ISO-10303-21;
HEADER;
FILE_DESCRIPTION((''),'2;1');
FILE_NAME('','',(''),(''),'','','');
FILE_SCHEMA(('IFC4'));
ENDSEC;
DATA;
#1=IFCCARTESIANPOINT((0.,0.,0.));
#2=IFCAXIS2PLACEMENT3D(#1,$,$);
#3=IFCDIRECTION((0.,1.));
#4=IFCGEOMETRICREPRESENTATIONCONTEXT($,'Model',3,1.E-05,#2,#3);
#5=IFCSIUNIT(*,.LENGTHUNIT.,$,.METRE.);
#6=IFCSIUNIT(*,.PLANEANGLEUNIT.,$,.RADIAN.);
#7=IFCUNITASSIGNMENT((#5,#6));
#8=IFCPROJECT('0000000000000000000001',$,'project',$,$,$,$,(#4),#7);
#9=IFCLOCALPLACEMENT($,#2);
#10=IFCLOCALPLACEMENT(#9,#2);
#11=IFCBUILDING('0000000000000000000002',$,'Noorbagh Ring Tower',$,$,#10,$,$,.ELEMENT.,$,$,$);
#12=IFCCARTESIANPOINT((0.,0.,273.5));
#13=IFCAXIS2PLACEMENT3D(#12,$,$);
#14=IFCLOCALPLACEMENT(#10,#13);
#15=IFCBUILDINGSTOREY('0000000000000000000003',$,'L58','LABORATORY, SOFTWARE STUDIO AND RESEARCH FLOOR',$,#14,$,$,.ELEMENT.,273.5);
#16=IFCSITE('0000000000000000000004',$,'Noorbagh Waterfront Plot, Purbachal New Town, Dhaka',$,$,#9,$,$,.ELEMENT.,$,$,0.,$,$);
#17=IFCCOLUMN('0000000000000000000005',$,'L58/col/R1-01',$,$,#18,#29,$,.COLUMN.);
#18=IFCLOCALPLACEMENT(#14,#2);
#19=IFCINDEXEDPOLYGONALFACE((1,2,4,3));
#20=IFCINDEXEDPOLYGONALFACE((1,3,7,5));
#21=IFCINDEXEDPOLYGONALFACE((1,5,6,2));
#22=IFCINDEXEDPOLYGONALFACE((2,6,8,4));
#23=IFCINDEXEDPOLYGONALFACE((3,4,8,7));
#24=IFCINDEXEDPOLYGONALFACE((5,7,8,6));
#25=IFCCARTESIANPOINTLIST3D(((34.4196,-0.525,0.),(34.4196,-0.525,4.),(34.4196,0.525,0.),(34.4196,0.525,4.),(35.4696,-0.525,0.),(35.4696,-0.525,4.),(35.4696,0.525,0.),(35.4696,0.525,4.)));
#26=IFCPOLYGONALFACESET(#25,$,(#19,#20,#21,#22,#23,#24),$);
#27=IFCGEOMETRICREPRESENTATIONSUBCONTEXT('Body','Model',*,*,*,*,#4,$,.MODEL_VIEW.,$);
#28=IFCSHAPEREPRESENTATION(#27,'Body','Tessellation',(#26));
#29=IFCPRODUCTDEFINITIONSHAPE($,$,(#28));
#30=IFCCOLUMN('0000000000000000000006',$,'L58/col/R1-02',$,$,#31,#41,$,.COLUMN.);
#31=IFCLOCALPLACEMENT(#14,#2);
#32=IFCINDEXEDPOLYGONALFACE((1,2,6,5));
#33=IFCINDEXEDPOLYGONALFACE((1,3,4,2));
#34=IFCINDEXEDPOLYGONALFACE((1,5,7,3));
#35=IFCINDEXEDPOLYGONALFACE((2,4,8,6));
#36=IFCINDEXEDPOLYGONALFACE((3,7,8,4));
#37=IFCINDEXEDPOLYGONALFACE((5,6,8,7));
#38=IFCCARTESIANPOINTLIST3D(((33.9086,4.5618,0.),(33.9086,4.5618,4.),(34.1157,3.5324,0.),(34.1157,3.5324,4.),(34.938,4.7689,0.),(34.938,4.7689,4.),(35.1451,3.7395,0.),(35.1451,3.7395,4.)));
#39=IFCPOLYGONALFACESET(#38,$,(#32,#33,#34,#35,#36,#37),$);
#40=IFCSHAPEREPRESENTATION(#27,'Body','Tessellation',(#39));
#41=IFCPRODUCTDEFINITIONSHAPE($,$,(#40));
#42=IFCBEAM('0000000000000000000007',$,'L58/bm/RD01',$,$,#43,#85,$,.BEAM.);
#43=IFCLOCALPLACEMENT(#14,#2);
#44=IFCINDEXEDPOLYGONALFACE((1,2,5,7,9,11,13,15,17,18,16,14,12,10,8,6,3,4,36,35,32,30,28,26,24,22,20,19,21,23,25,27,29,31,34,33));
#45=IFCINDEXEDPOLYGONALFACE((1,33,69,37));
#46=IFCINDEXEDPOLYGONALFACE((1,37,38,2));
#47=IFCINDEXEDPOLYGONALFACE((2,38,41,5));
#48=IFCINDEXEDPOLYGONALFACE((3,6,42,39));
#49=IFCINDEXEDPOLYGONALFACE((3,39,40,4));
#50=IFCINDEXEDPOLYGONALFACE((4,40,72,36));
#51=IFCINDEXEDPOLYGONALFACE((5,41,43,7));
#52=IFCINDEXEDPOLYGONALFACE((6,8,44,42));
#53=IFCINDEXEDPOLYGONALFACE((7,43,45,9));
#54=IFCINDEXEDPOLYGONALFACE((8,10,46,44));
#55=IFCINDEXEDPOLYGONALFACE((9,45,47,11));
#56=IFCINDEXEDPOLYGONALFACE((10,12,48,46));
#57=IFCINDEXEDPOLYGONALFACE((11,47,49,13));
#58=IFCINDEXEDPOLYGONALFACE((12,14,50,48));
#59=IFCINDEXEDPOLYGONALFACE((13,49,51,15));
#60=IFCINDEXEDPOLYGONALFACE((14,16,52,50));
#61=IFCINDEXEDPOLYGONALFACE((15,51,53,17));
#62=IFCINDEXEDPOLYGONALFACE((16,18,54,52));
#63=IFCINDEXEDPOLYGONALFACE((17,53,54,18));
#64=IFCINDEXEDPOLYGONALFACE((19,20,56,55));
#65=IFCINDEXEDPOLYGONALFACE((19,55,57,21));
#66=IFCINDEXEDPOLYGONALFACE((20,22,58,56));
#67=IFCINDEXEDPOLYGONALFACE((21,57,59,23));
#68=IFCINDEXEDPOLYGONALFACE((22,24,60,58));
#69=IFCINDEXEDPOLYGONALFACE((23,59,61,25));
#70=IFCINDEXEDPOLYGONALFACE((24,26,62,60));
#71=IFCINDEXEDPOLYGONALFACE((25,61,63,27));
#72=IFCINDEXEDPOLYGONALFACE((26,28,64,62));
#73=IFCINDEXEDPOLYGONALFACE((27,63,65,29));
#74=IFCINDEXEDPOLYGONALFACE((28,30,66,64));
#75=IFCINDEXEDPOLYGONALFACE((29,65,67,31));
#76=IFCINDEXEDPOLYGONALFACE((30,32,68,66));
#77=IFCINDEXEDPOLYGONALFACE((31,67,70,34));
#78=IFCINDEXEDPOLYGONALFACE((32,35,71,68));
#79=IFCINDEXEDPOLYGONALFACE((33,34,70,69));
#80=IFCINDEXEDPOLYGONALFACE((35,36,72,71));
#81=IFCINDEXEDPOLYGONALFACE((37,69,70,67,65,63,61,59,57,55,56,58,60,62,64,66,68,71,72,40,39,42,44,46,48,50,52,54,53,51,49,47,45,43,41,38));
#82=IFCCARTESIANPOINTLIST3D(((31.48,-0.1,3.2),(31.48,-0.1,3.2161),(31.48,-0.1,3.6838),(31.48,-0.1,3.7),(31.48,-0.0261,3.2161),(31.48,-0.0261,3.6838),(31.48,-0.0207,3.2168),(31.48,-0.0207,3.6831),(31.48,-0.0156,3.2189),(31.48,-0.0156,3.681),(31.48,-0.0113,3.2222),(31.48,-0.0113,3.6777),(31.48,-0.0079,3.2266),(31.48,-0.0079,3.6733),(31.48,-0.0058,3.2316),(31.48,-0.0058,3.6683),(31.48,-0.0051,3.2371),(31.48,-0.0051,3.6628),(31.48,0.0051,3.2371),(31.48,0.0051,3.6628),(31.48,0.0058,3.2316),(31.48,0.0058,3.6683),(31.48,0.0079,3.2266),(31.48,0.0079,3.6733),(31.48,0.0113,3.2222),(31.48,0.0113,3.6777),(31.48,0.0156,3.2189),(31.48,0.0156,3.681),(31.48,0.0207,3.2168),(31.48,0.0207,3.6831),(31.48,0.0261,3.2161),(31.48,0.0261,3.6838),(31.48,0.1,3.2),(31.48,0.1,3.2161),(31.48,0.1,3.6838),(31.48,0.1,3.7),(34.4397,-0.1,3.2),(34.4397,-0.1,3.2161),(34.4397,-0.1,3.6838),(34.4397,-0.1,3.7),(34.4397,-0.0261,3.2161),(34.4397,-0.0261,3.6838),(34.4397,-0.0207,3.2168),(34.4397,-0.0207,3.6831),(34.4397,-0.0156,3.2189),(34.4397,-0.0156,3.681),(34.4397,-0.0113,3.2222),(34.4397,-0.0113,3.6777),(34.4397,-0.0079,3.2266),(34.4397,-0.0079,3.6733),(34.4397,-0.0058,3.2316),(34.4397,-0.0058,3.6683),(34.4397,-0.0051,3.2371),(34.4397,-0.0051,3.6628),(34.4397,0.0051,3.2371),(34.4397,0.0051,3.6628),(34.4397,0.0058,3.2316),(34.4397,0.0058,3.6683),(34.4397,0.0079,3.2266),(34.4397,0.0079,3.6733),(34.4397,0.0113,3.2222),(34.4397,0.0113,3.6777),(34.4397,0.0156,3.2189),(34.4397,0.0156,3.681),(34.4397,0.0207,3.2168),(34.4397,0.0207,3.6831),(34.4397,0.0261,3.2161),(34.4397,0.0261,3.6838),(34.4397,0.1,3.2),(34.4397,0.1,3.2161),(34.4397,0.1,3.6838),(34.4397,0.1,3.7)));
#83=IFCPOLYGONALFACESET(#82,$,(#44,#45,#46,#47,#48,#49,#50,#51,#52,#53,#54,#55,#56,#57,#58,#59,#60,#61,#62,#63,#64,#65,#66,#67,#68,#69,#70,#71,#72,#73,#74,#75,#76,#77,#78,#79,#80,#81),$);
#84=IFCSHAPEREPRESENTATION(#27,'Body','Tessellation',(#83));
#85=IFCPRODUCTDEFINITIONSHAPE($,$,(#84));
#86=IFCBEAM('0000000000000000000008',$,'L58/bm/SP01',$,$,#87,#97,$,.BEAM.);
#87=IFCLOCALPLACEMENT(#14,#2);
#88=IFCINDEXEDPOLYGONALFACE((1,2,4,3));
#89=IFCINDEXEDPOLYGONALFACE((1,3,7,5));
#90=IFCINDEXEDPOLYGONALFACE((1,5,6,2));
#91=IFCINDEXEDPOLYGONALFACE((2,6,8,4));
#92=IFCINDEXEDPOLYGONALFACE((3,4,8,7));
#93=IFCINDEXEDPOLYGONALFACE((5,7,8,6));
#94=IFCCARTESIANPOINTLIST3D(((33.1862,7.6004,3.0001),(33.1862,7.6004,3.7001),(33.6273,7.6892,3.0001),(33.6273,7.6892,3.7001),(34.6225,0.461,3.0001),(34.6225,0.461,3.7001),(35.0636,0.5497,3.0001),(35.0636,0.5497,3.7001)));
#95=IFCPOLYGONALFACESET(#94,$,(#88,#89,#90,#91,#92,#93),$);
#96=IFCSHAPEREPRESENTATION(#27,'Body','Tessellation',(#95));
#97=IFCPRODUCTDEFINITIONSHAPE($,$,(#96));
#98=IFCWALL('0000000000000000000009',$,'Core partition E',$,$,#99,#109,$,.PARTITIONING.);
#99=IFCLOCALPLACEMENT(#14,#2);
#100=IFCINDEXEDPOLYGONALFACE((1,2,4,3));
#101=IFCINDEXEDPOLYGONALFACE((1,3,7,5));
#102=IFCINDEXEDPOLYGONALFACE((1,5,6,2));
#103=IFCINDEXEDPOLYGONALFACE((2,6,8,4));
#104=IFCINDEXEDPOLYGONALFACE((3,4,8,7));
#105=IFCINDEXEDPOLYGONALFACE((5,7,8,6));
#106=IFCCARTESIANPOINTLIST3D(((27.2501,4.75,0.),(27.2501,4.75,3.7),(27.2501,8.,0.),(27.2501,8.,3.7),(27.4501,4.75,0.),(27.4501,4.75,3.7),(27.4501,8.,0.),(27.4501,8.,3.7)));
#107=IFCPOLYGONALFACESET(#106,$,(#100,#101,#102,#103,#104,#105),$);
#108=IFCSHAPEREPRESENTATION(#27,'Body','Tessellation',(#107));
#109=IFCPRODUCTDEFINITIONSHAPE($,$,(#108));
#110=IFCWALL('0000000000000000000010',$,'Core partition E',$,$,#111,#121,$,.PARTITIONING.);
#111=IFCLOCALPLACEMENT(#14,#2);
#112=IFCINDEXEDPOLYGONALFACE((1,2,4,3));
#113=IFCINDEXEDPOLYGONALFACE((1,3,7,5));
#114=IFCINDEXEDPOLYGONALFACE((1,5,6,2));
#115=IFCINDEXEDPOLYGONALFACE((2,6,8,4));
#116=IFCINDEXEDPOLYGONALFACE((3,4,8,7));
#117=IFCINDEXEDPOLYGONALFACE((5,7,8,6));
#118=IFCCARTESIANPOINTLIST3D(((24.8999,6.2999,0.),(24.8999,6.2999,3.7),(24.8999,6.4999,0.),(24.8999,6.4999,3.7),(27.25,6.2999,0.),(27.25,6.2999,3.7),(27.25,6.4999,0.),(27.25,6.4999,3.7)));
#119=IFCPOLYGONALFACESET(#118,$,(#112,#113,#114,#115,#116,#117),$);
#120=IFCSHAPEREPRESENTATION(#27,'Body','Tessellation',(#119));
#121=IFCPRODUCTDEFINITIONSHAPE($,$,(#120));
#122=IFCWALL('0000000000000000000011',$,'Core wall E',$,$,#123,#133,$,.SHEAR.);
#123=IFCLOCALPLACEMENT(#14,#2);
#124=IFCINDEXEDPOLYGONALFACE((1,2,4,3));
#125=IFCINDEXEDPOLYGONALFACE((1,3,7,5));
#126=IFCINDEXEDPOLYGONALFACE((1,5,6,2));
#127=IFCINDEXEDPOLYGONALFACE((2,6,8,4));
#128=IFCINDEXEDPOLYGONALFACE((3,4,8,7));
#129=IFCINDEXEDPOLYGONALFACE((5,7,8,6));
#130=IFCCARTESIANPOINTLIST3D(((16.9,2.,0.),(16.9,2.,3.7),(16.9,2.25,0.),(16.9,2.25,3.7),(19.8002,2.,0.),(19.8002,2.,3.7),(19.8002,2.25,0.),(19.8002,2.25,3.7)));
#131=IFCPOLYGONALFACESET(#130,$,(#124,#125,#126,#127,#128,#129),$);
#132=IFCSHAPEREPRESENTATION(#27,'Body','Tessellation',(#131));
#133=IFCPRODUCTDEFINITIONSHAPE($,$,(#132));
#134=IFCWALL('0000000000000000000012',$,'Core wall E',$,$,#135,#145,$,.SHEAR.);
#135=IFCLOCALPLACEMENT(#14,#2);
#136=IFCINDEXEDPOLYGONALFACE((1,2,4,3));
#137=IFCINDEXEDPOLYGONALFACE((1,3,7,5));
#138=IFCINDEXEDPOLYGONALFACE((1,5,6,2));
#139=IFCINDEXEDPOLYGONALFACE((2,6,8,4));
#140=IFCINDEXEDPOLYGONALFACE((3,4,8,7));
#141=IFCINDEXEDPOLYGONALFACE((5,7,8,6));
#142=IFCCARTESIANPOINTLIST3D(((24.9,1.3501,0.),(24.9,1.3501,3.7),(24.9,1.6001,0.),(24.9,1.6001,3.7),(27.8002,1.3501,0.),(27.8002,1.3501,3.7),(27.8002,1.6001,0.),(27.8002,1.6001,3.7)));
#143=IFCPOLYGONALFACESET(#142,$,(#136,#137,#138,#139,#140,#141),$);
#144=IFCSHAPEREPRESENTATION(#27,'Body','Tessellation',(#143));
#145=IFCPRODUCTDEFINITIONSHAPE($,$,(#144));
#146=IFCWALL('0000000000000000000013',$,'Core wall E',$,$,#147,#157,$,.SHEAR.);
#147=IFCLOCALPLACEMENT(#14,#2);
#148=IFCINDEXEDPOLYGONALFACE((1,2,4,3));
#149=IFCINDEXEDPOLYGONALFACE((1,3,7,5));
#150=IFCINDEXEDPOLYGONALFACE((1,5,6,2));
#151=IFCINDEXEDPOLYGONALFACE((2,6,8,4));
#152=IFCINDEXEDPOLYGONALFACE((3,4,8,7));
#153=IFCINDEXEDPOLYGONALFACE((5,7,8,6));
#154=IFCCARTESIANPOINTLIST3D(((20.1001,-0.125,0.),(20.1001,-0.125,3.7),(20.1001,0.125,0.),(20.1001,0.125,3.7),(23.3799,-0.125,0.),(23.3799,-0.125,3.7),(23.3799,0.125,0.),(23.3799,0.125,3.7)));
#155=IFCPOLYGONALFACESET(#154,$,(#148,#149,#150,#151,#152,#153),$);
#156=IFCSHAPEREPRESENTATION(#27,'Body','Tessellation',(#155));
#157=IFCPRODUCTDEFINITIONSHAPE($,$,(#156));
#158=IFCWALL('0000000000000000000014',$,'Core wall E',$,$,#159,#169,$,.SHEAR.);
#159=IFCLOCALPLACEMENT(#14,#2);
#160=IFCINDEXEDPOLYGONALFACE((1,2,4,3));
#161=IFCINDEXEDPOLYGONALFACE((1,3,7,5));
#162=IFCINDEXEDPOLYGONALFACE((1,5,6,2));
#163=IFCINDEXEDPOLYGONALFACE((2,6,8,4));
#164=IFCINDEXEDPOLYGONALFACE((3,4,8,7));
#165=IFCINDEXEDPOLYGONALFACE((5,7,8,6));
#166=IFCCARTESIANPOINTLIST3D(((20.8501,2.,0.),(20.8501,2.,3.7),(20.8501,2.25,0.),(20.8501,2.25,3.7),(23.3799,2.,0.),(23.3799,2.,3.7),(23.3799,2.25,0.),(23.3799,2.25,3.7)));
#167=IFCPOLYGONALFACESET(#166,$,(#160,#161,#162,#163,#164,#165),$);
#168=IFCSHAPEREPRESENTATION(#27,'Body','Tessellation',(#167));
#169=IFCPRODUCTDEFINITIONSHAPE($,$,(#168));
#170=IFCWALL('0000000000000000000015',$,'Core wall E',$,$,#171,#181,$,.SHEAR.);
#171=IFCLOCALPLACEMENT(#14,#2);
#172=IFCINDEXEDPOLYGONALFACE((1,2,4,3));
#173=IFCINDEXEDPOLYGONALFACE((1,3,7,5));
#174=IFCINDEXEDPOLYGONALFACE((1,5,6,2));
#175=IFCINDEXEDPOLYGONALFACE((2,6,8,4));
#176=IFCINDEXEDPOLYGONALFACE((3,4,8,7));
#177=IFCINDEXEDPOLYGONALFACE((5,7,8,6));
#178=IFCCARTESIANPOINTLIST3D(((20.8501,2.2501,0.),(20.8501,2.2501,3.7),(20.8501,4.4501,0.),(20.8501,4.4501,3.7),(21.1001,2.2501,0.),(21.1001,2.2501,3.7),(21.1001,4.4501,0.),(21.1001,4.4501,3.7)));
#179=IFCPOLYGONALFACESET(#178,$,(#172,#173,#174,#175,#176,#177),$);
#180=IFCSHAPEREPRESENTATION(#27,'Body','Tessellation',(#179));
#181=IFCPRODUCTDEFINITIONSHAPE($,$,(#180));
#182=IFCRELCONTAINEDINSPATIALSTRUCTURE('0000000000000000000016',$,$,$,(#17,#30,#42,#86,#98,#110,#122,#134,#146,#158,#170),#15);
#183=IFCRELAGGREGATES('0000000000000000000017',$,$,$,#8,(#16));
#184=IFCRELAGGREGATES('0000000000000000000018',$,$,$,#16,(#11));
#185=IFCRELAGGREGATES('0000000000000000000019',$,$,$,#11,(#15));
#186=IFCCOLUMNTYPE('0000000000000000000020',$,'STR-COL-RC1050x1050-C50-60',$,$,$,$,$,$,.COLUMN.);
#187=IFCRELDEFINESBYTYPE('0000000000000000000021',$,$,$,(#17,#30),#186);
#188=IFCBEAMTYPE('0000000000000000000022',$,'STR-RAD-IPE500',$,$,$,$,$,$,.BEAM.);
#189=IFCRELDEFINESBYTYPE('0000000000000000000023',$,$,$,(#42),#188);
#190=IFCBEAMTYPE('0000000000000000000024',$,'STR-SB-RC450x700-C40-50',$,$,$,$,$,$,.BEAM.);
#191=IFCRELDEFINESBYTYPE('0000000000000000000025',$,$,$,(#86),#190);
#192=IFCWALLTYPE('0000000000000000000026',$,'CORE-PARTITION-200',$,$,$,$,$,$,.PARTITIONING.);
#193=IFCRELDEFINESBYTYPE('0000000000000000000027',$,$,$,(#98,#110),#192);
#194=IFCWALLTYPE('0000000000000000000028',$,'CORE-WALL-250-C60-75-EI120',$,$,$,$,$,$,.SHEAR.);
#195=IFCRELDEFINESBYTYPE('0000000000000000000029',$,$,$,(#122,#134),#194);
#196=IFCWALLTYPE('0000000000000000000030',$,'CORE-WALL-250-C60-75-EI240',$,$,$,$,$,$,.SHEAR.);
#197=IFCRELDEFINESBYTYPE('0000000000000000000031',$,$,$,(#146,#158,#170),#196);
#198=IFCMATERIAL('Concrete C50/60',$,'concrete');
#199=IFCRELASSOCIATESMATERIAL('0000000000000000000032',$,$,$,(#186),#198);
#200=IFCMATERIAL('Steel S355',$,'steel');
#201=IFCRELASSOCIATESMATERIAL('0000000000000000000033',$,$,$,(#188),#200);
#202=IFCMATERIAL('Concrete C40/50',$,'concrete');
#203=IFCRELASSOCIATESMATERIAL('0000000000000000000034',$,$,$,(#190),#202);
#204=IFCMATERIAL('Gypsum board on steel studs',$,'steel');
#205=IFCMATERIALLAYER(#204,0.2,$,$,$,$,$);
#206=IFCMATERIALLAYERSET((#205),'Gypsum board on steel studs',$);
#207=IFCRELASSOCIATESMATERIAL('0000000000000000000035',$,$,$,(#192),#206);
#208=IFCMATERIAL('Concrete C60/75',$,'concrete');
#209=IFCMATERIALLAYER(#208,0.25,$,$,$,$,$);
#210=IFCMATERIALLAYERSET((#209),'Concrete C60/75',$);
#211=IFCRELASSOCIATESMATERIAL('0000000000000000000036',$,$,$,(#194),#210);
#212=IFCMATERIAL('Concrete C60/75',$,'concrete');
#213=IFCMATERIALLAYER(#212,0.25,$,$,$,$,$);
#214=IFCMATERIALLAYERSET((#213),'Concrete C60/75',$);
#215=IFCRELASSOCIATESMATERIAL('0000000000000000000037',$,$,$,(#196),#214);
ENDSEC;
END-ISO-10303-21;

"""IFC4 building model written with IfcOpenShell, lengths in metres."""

from ifc_helpers import new_model, si_unit, direction, frame, frame_2d, origin, origin_2d, place, context, subcontext, project, spatial, rectangle, i_section, extrude, material, layer, layer_set, material_profile, profile_set, type_object, element, save


model = new_model("IFC4")

# Units and contexts
model_context = context("Model", 3, precision=1e-05, world=origin(), true_north=direction((0.0, 1.0)))
body_context = subcontext(model_context, "Body", "Model", "MODEL_VIEW")
ifc_project = project(units=[si_unit("LENGTHUNIT", "METRE"), si_unit("PLANEANGLEUNIT", "RADIAN")], contexts=[model_context])

# Site, building, storey
site_placement = place(None, origin())
site = spatial("IfcSite", under=ifc_project, at=site_placement, Name="Noorbagh Waterfront Plot, Purbachal New Town, Dhaka", CompositionType="ELEMENT", RefElevation=0.0)
building_placement = place(site_placement, origin())
building = spatial("IfcBuilding", under=site, at=building_placement, Name="Noorbagh Ring Tower", CompositionType="ELEMENT")
storey_placement = place(building_placement, frame((0.0, 0.0, 273.5)))
storey = spatial("IfcBuildingStorey", under=building, at=storey_placement, Name="L58", Description="LABORATORY, SOFTWARE STUDIO AND RESEARCH FLOOR", CompositionType="ELEMENT", Elevation=273.5)

# Columns
ifc_material_1 = material(Name="Concrete C50/60", Category="concrete")
ifc_material_profile_1 = material_profile(ifc_material_1, rectangle(XDim=1.05, YDim=1.05, at=origin_2d()), Name="RC1050x1050")
ifc_profile_set_1 = profile_set([ifc_material_profile_1], Name="Concrete C50/60")
column_type = type_object("IfcColumnType", Name="STR-COL-RC1050x1050-C50-60", PredefinedType="COLUMN", material=ifc_profile_set_1)
for number, where, z_axis, x_axis, name in (
    (1, (34.9446, 0.0, 0.0), (0.0, 0.0, 1.0), (0.0, 1.0, 0.0), "L58/col/R1-01"),
    (2, (34.5269, 4.1506, 0.0), (0.0, 0.0, 1.0), (-0.19723, 0.980357, 0.0), "L58/col/R1-02"),
):
    element("IfcColumn", number, at=place(storey_placement, frame(where, z_axis=z_axis, x_axis=x_axis)), inside=storey, type_object=column_type, Name=name, PredefinedType="COLUMN", context=body_context, shape_type="SweptSolid", body=[
        extrude(rectangle(XDim=1.05, YDim=1.05, at=origin_2d()), origin(), (0.0, 0.0, 1.0), 4.0),
    ])

# Beams
ifc_material_2 = material(Name="Steel S355", Category="steel")
ifc_material_profile_2 = material_profile(ifc_material_2, i_section(OverallWidth=0.2, OverallDepth=0.5, WebThickness=0.0103, FlangeThickness=0.0161, FilletRadius=0.021, at=origin_2d()), Name="IPE500")
ifc_profile_set_2 = profile_set([ifc_material_profile_2], Name="Steel S355")
beam_type_1 = type_object("IfcBeamType", Name="STR-RAD-IPE500", PredefinedType="BEAM", material=ifc_profile_set_2)
beam_1_placement = place(storey_placement, frame((34.4397, 0.0, 3.45), z_axis=(-1.0, 0.0, 0.0), x_axis=(0.0, -1.0, 0.0)))
element("IfcBeam", 3, at=beam_1_placement, inside=storey, type_object=beam_type_1, Name="L58/bm/RD01", PredefinedType="BEAM", context=body_context, shape_type="SweptSolid", body=[
    extrude(i_section(OverallWidth=0.2, OverallDepth=0.5, WebThickness=0.0103, FlangeThickness=0.0161, FilletRadius=0.021, at=origin_2d()), origin(), (0.0, 0.0, 1.0), 2.9597),
])
ifc_material_3 = material(Name="Concrete C40/50", Category="concrete")
ifc_material_profile_3 = material_profile(ifc_material_3, rectangle(XDim=0.45, YDim=0.7, at=origin_2d()), Name="RC450x700")
ifc_profile_set_3 = profile_set([ifc_material_profile_3], Name="Concrete C40/50")
beam_type_2 = type_object("IfcBeamType", Name="STR-SB-RC450x700-C40-50", PredefinedType="BEAM", material=ifc_profile_set_3)
beam_2_placement = place(storey_placement, frame((34.843, 0.5054, 3.3501), z_axis=(-0.197225, 0.980358, 0.0), x_axis=(-0.980358, -0.197225, 0.0)))
element("IfcBeam", 4, at=beam_2_placement, inside=storey, type_object=beam_type_2, Name="L58/bm/SP01", PredefinedType="BEAM", context=body_context, shape_type="SweptSolid", body=[
    extrude(rectangle(XDim=0.45, YDim=0.7, at=origin_2d()), origin(), (0.0, 0.0, 1.0), 7.2825),
])

# Walls
ifc_material_4 = material(Name="Gypsum board on steel studs", Category="steel")
ifc_layer_1 = layer(ifc_material_4, 0.2)
ifc_layer_set_1 = layer_set([ifc_layer_1], Name="Gypsum board on steel studs")
wall_type_1 = type_object("IfcWallType", Name="CORE-PARTITION-200", PredefinedType="PARTITIONING", material=ifc_layer_set_1)
wall_1_placement = place(storey_placement, frame((27.3501, 4.75, 0.0), z_axis=(0.0, 0.0, 1.0), x_axis=(0.0, 1.0, 0.0)))
element("IfcWall", 5, at=wall_1_placement, inside=storey, type_object=wall_type_1, Name="Core partition E", PredefinedType="PARTITIONING", context=body_context, shape_type="SweptSolid", body=[
    extrude(rectangle(XDim=3.25, YDim=0.2, at=frame_2d((1.625, 0.0))), origin(), (0.0, 0.0, 1.0), 3.7),
])
wall_2_placement = place(storey_placement, frame((24.8999, 6.3999, 0.0), z_axis=(0.0, 0.0, 1.0), x_axis=(1.0, 0.0, 0.0)))
element("IfcWall", 6, at=wall_2_placement, inside=storey, type_object=wall_type_1, Name="Core partition E", PredefinedType="PARTITIONING", context=body_context, shape_type="SweptSolid", body=[
    extrude(rectangle(XDim=2.3501, YDim=0.2, at=frame_2d((1.175, 0.0))), origin(), (0.0, 0.0, 1.0), 3.7),
])
ifc_material_5 = material(Name="Concrete C60/75", Category="concrete")
ifc_layer_2 = layer(ifc_material_5, 0.25)
ifc_layer_set_2 = layer_set([ifc_layer_2], Name="Concrete C60/75")
wall_type_2 = type_object("IfcWallType", Name="CORE-WALL-250-C60-75-EI120", PredefinedType="SHEAR", material=ifc_layer_set_2)
for number, where, z_axis, x_axis, name in (
    (7, (16.8999, 2.125, 0.0), (0.0, 0.0, 1.0), (1.0, 0.0, 0.0), "Core wall E"),
    (8, (24.8999, 1.4751, 0.0), (0.0, 0.0, 1.0), (1.0, 0.0, 0.0), "Core wall E"),
):
    element("IfcWall", number, at=place(storey_placement, frame(where, z_axis=z_axis, x_axis=x_axis)), inside=storey, type_object=wall_type_2, Name=name, PredefinedType="SHEAR", context=body_context, shape_type="SweptSolid", body=[
        extrude(rectangle(XDim=2.9001, YDim=0.25, at=frame_2d((1.4502, 0.0))), origin(), (0.0, 0.0, 1.0), 3.7),
    ])
ifc_material_6 = material(Name="Concrete C60/75", Category="concrete")
ifc_layer_3 = layer(ifc_material_6, 0.25)
ifc_layer_set_3 = layer_set([ifc_layer_3], Name="Concrete C60/75")
wall_type_3 = type_object("IfcWallType", Name="CORE-WALL-250-C60-75-EI240", PredefinedType="SHEAR", material=ifc_layer_set_3)
wall_3_placement = place(storey_placement, frame((20.1001, 0.0, 0.0), z_axis=(0.0, 0.0, 1.0), x_axis=(1.0, 0.0, 0.0)))
element("IfcWall", 9, at=wall_3_placement, inside=storey, type_object=wall_type_3, Name="Core wall E", PredefinedType="SHEAR", context=body_context, shape_type="SweptSolid", body=[
    extrude(rectangle(XDim=3.2798, YDim=0.25, at=frame_2d((1.6399, 0.0))), origin(), (0.0, 0.0, 1.0), 3.7),
])
wall_4_placement = place(storey_placement, frame((20.8501, 2.125, 0.0), z_axis=(0.0, 0.0, 1.0), x_axis=(1.0, 0.0, 0.0)))
element("IfcWall", 10, at=wall_4_placement, inside=storey, type_object=wall_type_3, Name="Core wall E", PredefinedType="SHEAR", context=body_context, shape_type="SweptSolid", body=[
    extrude(rectangle(XDim=2.5298, YDim=0.25, at=frame_2d((1.2649, 0.0))), origin(), (0.0, 0.0, 1.0), 3.7),
])
wall_5_placement = place(storey_placement, frame((20.9751, 2.25, 0.0), z_axis=(0.0, 0.0, 1.0), x_axis=(0.0, 1.0, 0.0)))
element("IfcWall", 11, at=wall_5_placement, inside=storey, type_object=wall_type_3, Name="Core wall E", PredefinedType="SHEAR", context=body_context, shape_type="SweptSolid", body=[
    extrude(rectangle(XDim=2.2, YDim=0.25, at=frame_2d((1.1001, 0.0))), origin(), (0.0, 0.0, 1.0), 3.7),
])

save(model, "model.ifc")
